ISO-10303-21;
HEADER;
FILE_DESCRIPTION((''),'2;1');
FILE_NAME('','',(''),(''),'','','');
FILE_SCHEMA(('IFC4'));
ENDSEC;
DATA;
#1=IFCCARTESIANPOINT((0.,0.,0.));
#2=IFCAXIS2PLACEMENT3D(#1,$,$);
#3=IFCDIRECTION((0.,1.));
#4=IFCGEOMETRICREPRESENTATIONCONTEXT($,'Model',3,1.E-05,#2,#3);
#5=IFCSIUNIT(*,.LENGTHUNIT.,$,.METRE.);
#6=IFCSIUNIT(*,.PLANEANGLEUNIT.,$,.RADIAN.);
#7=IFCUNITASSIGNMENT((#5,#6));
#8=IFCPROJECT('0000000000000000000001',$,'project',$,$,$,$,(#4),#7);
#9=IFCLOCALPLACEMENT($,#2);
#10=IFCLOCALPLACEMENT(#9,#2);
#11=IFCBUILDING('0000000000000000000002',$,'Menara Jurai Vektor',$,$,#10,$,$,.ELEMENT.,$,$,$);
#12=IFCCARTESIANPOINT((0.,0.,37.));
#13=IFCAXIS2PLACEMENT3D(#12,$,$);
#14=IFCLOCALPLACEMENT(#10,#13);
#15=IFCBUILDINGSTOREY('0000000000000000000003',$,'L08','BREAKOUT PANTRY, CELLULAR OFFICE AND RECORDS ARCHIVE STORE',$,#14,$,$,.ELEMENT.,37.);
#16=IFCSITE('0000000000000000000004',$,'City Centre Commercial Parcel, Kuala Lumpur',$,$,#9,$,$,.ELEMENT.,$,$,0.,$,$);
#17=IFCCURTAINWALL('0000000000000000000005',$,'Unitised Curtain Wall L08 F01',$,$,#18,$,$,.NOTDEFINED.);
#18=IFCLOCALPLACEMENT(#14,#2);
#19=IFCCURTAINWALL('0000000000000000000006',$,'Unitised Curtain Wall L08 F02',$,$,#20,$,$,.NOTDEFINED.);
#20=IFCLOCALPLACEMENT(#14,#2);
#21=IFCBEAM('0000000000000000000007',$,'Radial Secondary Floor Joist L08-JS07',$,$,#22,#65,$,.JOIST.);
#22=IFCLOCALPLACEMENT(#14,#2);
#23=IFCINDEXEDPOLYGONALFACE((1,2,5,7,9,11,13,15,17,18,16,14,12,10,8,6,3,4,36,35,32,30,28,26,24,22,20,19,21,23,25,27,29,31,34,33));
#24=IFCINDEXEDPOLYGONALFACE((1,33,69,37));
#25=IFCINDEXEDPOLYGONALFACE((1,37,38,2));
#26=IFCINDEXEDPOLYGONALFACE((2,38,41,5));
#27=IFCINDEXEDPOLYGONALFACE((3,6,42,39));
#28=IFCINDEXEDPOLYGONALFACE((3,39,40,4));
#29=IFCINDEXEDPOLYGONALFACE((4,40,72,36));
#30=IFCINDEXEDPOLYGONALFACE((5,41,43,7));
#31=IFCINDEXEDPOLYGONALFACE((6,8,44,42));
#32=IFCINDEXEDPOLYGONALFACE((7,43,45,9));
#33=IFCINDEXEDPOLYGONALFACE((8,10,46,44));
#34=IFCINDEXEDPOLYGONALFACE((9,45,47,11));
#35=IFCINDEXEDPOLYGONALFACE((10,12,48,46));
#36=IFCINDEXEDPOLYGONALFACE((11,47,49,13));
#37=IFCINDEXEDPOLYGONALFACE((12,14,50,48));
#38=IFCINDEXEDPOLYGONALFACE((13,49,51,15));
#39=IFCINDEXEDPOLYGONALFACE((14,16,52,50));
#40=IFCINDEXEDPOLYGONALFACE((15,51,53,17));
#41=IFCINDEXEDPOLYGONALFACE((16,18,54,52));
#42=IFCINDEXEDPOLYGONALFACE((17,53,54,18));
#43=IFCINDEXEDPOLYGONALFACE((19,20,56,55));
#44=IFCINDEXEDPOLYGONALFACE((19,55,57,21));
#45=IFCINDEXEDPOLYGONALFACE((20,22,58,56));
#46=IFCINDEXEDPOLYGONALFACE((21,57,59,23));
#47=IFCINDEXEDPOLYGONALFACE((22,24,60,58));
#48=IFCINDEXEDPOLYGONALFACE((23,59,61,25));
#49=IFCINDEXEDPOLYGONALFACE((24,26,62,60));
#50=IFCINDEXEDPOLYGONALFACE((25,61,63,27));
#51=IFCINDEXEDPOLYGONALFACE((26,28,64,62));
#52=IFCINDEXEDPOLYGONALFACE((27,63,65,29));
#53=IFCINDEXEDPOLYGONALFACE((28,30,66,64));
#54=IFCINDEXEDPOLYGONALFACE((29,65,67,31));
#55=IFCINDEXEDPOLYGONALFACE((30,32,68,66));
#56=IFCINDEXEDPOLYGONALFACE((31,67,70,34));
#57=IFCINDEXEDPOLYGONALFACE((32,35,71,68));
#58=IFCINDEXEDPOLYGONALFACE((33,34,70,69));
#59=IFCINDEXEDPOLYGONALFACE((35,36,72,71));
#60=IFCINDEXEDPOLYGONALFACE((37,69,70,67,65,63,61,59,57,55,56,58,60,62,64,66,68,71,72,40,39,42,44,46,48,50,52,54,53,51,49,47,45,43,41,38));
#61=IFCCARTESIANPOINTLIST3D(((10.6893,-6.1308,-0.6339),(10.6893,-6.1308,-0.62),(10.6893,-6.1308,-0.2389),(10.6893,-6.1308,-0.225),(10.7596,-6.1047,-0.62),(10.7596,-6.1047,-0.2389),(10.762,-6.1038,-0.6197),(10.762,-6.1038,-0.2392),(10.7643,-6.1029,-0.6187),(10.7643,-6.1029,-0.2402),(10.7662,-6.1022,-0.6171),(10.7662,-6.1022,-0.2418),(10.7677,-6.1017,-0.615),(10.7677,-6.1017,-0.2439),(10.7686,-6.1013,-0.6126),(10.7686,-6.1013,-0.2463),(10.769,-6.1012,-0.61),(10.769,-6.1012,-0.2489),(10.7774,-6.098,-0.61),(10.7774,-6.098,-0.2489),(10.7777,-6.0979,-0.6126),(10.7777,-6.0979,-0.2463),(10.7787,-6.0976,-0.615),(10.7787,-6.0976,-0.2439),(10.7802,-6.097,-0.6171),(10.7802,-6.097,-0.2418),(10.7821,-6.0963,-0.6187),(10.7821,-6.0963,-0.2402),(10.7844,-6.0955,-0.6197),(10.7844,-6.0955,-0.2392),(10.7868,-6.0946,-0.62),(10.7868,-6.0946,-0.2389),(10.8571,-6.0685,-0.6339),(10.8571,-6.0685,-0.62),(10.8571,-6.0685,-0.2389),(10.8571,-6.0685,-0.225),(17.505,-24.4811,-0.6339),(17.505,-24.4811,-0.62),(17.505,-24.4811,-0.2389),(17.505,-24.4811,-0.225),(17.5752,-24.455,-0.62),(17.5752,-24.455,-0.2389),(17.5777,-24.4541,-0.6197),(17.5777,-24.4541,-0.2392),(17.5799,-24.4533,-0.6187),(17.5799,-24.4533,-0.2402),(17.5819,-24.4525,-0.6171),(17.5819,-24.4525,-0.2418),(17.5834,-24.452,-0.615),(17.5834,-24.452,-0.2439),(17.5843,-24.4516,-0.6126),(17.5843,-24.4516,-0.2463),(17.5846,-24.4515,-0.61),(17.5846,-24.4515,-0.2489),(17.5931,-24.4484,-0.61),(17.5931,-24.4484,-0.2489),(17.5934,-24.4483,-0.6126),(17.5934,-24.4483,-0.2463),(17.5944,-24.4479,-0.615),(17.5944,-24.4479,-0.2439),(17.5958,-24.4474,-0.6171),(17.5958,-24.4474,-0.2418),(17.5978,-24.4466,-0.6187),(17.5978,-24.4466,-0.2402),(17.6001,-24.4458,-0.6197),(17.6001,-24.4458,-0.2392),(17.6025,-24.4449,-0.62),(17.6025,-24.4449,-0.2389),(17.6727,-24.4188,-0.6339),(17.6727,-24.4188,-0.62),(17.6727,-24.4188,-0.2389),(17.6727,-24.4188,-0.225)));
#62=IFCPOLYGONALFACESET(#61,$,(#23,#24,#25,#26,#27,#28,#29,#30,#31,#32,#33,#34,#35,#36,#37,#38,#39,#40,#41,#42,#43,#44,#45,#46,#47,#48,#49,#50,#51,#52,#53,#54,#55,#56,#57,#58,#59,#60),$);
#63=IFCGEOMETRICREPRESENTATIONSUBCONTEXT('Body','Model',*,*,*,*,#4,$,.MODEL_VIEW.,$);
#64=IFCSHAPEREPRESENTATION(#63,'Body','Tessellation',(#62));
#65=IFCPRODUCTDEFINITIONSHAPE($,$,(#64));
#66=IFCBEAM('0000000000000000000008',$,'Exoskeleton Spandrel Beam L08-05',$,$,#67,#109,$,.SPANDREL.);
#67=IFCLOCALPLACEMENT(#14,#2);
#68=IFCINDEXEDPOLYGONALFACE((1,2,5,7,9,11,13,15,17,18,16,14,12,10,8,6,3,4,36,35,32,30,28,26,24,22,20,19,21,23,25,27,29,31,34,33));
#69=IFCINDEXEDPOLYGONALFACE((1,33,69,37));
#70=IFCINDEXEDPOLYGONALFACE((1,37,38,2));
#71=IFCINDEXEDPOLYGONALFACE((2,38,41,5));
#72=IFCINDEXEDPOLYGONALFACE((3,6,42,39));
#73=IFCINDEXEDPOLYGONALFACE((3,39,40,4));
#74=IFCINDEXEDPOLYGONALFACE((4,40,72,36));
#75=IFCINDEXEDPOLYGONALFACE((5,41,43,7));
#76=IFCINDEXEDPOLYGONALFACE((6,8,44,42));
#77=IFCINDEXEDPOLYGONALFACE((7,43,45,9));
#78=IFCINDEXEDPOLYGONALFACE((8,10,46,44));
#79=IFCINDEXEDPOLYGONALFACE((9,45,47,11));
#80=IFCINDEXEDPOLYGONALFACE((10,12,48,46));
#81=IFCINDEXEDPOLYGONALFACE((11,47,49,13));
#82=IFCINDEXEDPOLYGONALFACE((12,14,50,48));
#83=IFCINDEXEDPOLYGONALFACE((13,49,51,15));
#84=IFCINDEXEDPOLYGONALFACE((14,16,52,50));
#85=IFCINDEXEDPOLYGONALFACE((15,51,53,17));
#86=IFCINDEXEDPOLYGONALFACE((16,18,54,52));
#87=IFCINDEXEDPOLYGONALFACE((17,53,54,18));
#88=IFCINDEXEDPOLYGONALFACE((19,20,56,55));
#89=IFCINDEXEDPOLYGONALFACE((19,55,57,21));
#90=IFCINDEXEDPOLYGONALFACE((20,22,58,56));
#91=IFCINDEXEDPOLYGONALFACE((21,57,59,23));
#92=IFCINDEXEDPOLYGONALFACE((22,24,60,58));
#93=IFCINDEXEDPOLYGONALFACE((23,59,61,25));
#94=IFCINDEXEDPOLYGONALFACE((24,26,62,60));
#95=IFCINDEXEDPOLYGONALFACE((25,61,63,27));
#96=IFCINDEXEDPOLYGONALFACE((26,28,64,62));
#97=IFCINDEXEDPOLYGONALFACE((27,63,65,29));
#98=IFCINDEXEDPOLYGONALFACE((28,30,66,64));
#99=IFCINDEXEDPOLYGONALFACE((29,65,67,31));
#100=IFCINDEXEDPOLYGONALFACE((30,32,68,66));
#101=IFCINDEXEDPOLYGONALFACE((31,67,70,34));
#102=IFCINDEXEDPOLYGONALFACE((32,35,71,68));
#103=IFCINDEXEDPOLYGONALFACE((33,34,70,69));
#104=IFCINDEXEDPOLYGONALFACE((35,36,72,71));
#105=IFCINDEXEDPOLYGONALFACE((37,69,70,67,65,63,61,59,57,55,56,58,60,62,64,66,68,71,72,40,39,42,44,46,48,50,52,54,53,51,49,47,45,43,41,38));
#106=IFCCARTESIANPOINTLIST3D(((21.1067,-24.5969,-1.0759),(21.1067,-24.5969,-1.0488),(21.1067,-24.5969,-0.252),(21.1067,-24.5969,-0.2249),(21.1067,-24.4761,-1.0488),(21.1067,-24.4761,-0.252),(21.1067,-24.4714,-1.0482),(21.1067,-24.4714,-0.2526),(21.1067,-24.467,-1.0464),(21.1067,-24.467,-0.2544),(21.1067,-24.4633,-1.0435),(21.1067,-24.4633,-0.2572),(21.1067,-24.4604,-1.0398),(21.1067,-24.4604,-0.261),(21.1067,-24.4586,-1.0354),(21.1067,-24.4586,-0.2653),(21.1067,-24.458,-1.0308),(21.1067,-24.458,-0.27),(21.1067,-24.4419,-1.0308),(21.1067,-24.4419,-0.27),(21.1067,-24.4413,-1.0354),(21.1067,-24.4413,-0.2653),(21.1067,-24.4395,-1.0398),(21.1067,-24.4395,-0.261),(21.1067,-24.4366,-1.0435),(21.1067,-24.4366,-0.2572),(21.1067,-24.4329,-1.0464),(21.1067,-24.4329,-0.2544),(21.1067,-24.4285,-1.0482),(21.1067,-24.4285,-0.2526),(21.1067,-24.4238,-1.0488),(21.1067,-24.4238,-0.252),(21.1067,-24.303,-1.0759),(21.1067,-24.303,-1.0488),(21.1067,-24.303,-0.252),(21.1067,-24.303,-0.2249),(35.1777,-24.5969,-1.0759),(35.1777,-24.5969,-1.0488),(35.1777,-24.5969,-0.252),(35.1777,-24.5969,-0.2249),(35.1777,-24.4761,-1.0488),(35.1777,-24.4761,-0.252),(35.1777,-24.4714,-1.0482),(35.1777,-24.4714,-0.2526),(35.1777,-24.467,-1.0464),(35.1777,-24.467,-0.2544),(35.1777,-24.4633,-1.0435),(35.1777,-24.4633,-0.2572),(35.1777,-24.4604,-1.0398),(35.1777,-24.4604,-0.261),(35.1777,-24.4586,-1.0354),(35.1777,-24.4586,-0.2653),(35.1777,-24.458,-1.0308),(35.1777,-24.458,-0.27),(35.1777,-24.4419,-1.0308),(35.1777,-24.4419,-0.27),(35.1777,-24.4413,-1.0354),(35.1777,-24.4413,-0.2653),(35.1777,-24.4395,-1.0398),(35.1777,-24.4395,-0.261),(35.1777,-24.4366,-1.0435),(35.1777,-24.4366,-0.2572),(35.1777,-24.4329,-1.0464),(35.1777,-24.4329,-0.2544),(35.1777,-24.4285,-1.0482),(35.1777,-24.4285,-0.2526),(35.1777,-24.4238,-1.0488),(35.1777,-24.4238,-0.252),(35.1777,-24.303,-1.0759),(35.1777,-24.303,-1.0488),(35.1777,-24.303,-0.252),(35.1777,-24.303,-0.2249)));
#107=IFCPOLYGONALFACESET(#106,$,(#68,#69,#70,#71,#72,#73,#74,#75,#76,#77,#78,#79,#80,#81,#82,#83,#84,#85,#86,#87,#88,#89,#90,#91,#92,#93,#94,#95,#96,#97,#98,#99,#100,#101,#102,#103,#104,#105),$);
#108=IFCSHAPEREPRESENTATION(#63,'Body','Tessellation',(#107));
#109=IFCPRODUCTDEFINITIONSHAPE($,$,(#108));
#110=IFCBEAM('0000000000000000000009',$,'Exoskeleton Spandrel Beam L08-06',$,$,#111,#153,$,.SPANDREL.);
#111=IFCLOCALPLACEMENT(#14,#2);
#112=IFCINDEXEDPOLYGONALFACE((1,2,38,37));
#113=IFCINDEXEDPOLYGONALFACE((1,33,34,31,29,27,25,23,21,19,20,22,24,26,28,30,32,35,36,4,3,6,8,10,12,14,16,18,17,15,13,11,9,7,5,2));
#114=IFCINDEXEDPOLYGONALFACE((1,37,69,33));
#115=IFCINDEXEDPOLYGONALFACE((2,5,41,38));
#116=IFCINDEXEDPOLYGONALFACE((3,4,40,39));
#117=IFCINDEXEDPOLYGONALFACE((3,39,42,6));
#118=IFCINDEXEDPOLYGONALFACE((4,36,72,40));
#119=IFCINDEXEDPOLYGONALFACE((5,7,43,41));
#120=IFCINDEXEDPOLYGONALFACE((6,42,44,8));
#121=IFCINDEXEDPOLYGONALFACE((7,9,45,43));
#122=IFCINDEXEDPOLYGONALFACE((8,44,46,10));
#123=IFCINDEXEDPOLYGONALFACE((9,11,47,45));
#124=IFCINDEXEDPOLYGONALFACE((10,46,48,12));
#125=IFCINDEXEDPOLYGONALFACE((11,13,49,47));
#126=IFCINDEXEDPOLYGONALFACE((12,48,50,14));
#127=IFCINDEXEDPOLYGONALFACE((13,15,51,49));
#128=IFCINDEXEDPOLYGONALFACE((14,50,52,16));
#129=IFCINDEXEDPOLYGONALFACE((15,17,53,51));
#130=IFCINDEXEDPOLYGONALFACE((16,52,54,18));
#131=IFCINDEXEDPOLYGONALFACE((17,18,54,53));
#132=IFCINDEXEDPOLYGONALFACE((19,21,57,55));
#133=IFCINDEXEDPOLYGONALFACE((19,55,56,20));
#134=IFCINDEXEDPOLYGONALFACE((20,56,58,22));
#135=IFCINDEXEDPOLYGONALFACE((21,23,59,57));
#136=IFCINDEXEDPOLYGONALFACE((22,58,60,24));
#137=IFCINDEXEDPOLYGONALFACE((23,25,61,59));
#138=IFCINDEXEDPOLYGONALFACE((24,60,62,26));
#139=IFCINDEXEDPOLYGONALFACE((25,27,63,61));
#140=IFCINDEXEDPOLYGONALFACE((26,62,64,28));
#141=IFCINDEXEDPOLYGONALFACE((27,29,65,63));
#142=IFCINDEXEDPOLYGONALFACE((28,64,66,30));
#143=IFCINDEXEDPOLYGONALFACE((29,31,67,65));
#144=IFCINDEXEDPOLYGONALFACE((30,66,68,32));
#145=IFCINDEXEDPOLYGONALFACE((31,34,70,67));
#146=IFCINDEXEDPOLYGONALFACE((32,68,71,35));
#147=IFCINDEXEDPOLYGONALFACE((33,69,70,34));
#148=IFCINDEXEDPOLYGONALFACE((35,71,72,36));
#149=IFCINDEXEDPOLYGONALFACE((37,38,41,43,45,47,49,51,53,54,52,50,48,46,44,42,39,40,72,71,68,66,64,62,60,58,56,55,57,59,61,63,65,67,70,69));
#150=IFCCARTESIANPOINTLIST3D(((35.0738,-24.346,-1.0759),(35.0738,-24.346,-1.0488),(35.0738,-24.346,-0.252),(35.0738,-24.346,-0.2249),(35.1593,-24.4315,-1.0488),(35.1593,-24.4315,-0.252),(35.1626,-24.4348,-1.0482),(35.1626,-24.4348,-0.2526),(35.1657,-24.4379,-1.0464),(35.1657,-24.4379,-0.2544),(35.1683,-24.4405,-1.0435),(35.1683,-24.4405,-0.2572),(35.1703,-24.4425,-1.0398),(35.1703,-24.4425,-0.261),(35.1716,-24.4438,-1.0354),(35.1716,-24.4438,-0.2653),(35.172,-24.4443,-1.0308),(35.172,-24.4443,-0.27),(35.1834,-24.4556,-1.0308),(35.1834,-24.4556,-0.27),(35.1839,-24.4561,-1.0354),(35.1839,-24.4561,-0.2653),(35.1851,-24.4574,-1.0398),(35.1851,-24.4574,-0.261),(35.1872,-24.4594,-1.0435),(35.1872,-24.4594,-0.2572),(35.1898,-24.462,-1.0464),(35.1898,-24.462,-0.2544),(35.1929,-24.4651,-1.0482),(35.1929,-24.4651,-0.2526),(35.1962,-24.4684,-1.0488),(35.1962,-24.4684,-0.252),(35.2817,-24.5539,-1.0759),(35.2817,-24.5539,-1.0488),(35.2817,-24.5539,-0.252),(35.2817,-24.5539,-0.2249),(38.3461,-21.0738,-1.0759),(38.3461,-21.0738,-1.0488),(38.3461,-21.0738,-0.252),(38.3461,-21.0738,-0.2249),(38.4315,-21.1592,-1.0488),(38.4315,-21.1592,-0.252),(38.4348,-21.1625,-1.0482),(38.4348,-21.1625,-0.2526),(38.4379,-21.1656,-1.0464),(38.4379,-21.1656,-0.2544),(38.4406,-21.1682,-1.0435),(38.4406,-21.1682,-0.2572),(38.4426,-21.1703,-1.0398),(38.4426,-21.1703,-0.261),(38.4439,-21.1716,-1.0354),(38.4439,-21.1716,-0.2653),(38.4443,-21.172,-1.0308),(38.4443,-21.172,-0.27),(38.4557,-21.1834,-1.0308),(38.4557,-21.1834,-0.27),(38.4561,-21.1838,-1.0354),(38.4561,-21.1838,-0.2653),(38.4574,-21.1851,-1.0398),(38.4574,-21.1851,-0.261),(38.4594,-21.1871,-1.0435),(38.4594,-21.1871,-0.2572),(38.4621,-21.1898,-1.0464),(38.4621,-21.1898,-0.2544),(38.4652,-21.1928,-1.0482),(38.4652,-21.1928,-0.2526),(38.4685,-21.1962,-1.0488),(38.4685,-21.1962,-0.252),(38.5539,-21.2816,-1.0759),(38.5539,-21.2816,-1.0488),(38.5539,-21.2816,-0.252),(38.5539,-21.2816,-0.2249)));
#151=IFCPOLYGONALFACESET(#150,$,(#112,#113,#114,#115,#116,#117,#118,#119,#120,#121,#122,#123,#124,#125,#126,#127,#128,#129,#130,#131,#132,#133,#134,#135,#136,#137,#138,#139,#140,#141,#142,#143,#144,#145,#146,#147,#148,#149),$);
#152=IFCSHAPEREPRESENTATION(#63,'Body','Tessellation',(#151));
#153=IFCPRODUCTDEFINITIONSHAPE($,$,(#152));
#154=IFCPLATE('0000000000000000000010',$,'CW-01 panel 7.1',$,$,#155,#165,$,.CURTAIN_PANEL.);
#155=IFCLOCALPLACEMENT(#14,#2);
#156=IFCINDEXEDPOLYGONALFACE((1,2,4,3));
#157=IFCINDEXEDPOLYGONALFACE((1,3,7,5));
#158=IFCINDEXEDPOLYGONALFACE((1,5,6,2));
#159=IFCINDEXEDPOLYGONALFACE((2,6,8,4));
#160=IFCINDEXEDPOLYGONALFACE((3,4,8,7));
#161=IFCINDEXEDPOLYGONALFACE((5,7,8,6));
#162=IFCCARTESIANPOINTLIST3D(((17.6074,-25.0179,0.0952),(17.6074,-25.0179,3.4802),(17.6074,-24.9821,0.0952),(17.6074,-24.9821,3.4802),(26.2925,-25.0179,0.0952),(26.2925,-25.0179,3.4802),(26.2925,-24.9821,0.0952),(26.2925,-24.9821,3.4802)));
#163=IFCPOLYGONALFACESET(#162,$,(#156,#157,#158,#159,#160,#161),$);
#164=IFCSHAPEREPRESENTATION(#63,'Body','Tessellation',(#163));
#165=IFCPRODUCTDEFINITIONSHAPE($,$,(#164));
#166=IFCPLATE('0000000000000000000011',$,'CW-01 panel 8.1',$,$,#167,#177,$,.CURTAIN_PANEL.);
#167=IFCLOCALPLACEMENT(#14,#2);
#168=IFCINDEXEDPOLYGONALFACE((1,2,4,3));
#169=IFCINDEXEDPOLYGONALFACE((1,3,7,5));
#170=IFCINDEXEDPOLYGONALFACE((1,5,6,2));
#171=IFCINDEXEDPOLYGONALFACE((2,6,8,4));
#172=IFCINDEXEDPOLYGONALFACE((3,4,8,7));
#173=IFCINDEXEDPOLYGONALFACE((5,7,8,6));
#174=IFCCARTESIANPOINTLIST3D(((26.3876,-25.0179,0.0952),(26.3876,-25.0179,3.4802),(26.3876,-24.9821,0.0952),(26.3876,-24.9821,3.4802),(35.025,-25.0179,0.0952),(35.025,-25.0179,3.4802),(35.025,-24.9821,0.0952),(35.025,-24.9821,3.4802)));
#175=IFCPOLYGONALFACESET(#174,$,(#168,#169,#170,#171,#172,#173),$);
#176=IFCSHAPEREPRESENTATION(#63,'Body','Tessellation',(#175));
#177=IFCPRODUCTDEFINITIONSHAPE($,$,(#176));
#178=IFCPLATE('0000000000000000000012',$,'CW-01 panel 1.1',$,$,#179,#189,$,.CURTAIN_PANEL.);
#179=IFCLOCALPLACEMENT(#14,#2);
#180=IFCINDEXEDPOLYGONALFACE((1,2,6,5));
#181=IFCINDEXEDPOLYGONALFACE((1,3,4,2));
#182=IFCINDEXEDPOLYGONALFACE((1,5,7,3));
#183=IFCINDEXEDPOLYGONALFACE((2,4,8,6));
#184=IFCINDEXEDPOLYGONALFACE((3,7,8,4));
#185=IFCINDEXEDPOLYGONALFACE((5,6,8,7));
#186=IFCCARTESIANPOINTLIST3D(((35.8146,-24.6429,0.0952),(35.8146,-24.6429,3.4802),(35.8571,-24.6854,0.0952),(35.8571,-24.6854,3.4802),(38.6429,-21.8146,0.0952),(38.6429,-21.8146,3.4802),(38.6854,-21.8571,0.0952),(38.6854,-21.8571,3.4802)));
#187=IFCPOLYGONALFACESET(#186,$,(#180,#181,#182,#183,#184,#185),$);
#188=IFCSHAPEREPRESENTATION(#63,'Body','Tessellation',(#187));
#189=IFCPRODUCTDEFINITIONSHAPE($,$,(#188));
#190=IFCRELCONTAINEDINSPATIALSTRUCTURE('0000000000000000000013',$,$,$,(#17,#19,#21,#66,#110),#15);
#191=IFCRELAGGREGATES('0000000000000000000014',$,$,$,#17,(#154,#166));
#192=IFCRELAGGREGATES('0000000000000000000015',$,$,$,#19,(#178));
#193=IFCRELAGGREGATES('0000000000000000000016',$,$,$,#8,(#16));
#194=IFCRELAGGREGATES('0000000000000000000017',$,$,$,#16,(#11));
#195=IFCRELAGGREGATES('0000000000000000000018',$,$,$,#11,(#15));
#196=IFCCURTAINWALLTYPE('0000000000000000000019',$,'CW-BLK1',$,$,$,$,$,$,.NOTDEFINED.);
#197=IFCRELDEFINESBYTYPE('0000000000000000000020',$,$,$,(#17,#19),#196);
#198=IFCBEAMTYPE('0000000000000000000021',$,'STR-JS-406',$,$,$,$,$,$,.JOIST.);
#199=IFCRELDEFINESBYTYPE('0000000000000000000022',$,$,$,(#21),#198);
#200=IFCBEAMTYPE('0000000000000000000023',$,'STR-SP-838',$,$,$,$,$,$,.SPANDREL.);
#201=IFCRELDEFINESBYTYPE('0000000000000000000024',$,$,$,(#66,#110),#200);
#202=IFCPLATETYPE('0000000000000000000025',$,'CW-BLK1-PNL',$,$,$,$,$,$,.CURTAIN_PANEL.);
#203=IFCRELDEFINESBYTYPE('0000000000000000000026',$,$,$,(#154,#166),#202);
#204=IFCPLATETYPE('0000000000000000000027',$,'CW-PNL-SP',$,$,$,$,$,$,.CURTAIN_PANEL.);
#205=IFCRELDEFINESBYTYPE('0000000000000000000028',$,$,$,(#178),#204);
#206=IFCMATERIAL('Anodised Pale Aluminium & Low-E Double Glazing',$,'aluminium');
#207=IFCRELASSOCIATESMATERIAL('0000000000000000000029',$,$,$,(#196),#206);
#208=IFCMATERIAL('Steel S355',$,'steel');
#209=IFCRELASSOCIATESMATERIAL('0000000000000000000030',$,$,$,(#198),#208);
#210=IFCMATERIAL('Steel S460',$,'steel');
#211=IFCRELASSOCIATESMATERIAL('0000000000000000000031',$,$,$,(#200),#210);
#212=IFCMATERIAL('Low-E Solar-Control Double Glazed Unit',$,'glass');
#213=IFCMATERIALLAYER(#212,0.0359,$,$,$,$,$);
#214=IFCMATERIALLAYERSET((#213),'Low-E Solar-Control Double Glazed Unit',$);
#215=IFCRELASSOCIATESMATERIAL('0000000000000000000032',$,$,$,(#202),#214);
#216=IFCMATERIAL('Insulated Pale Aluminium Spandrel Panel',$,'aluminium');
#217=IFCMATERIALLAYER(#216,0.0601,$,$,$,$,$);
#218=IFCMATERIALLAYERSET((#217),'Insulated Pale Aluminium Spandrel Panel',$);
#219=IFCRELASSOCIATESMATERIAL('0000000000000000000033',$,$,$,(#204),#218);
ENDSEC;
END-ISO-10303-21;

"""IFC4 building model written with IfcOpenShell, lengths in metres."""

from ifc_helpers import new_model, si_unit, direction, frame, origin, origin_2d, place, context, subcontext, project, spatial, rectangle, i_section, extrude, material, layer, layer_set, material_profile, profile_set, type_object, element, aggregate, save


model = new_model("IFC4")

# Units and contexts
model_context = context("Model", 3, precision=1e-05, world=origin(), true_north=direction((0.0, 1.0)))
body_context = subcontext(model_context, "Body", "Model", "MODEL_VIEW")
ifc_project = project(units=[si_unit("LENGTHUNIT", "METRE"), si_unit("PLANEANGLEUNIT", "RADIAN")], contexts=[model_context])

# Site, building, storey
site_placement = place(None, origin())
site = spatial("IfcSite", under=ifc_project, at=site_placement, Name="City Centre Commercial Parcel, Kuala Lumpur", CompositionType="ELEMENT", RefElevation=0.0)
building_placement = place(site_placement, origin())
building = spatial("IfcBuilding", under=site, at=building_placement, Name="Menara Jurai Vektor", CompositionType="ELEMENT")
storey_placement = place(building_placement, frame((0.0, 0.0, 37.0)))
storey = spatial("IfcBuildingStorey", under=building, at=storey_placement, Name="L08", Description="BREAKOUT PANTRY, CELLULAR OFFICE AND RECORDS ARCHIVE STORE", CompositionType="ELEMENT", Elevation=37.0)

# Shared definitions
ifc_material_1 = material(Name="Steel S460", Category="steel")

# Curtain walls
ifc_material_2 = material(Name="Anodised Pale Aluminium & Low-E Double Glazing", Category="aluminium")
curtain_wall_type = type_object("IfcCurtainWallType", Name="CW-BLK1", PredefinedType="NOTDEFINED", material=ifc_material_2)
curtain_wall_1_placement = place(storey_placement, origin())
curtain_wall_1 = element("IfcCurtainWall", 1, at=curtain_wall_1_placement, inside=storey, type_object=curtain_wall_type, Name="Unitised Curtain Wall L08 F01", PredefinedType="NOTDEFINED")
curtain_wall_2_placement = place(storey_placement, origin())
curtain_wall_2 = element("IfcCurtainWall", 2, at=curtain_wall_2_placement, inside=storey, type_object=curtain_wall_type, Name="Unitised Curtain Wall L08 F02", PredefinedType="NOTDEFINED")

# Beams
ifc_material_3 = material(Name="Steel S355", Category="steel")
ifc_material_profile_1 = material_profile(ifc_material_3, i_section(OverallWidth=0.179, OverallDepth=0.4089, WebThickness=0.009, FlangeThickness=0.0139, FilletRadius=0.01, at=origin_2d()), Name="UKB 406x178x67")
ifc_profile_set_1 = profile_set([ifc_material_profile_1], Name="Steel S355")
beam_type_1 = type_object("IfcBeamType", Name="STR-JS-406", PredefinedType="JOIST", material=ifc_profile_set_1)
beam_1_placement = place(storey_placement, frame((17.5889, -24.45, -0.4294), z_axis=(-0.348179, 0.937428, 0.0), x_axis=(-0.937428, -0.348179, 0.0)))
element("IfcBeam", 3, at=beam_1_placement, inside=storey, type_object=beam_type_1, Name="Radial Secondary Floor Joist L08-JS07", PredefinedType="JOIST", context=body_context, shape_type="SweptSolid", body=[
    extrude(i_section(OverallWidth=0.179, OverallDepth=0.4089, WebThickness=0.009, FlangeThickness=0.0139, FilletRadius=0.01, at=origin_2d()), origin(), (0.0, 0.0, 1.0), 19.5752),
])
ifc_material_profile_2 = material_profile(ifc_material_1, i_section(OverallWidth=0.2939, OverallDepth=0.8511, WebThickness=0.0161, FlangeThickness=0.0271, FilletRadius=0.0181, at=origin_2d()), Name="UKB 838x292x226")
ifc_profile_set_2 = profile_set([ifc_material_profile_2], Name="Steel S460")
beam_type_2 = type_object("IfcBeamType", Name="STR-SP-838", PredefinedType="SPANDREL", material=ifc_profile_set_2)
beam_2_placement = place(storey_placement, frame((21.1067, -24.45, -0.6504), z_axis=(1.0, 0.0, 0.0), x_axis=(0.0, 1.0, 0.0)))
element("IfcBeam", 4, at=beam_2_placement, inside=storey, type_object=beam_type_2, Name="Exoskeleton Spandrel Beam L08-05", PredefinedType="SPANDREL", context=body_context, shape_type="SweptSolid", body=[
    extrude(i_section(OverallWidth=0.2939, OverallDepth=0.8511, WebThickness=0.0161, FlangeThickness=0.0271, FilletRadius=0.0181, at=origin_2d()), origin(), (0.0, 0.0, 1.0), 14.071),
])
beam_3_placement = place(storey_placement, frame((35.1777, -24.45, -0.6504), z_axis=(0.707107, 0.707107, 0.0), x_axis=(-0.707107, 0.707107, 0.0)))
element("IfcBeam", 5, at=beam_3_placement, inside=storey, type_object=beam_type_2, Name="Exoskeleton Spandrel Beam L08-06", PredefinedType="SPANDREL", context=body_context, shape_type="SweptSolid", body=[
    extrude(i_section(OverallWidth=0.2939, OverallDepth=0.8511, WebThickness=0.0161, FlangeThickness=0.0271, FilletRadius=0.0181, at=origin_2d()), origin(), (0.0, 0.0, 1.0), 4.6277),
])

# Plates
ifc_material_4 = material(Name="Low-E Solar-Control Double Glazed Unit", Category="glass")
ifc_layer_1 = layer(ifc_material_4, 0.0359)
ifc_layer_set_1 = layer_set([ifc_layer_1], Name="Low-E Solar-Control Double Glazed Unit")
plate_type_1 = type_object("IfcPlateType", Name="CW-BLK1-PNL", PredefinedType="CURTAIN_PANEL", material=ifc_layer_set_1)
plate_1_placement = place(storey_placement, frame((21.95, -25.0, 0.0952), z_axis=(0.0, 0.0, 1.0), x_axis=(1.0, 0.0, 0.0)))
plate_1 = element("IfcPlate", 6, at=plate_1_placement, type_object=plate_type_1, Name="CW-01 panel 7.1", PredefinedType="CURTAIN_PANEL", context=body_context, shape_type="SweptSolid", body=[
    extrude(rectangle(XDim=8.6851, YDim=0.0359, at=origin_2d()), origin(), (0.0, 0.0, 1.0), 3.385),
])
plate_2_placement = place(storey_placement, frame((30.7063, -25.0, 0.0952), z_axis=(0.0, 0.0, 1.0), x_axis=(1.0, 0.0, 0.0)))
plate_2 = element("IfcPlate", 7, at=plate_2_placement, type_object=plate_type_1, Name="CW-01 panel 8.1", PredefinedType="CURTAIN_PANEL", context=body_context, shape_type="SweptSolid", body=[
    extrude(rectangle(XDim=8.6375, YDim=0.0359, at=origin_2d()), origin(), (0.0, 0.0, 1.0), 3.385),
])
aggregate(curtain_wall_1, [plate_1, plate_2])
ifc_material_5 = material(Name="Insulated Pale Aluminium Spandrel Panel", Category="aluminium")
ifc_layer_2 = layer(ifc_material_5, 0.0601)
ifc_layer_set_2 = layer_set([ifc_layer_2], Name="Insulated Pale Aluminium Spandrel Panel")
plate_type_2 = type_object("IfcPlateType", Name="CW-PNL-SP", PredefinedType="CURTAIN_PANEL", material=ifc_layer_set_2)
plate_3_placement = place(storey_placement, frame((37.25, -23.25, 0.0952), z_axis=(0.0, 0.0, 1.0), x_axis=(0.707107, 0.707107, 0.0)))
plate_3 = element("IfcPlate", 8, at=plate_3_placement, type_object=plate_type_2, Name="CW-01 panel 1.1", PredefinedType="CURTAIN_PANEL", context=body_context, shape_type="SweptSolid", body=[
    extrude(rectangle(XDim=3.9998, YDim=0.0601, at=origin_2d()), origin(), (0.0, 0.0, 1.0), 3.385),
])
aggregate(curtain_wall_2, [plate_3])

save(model, "model.ifc")
